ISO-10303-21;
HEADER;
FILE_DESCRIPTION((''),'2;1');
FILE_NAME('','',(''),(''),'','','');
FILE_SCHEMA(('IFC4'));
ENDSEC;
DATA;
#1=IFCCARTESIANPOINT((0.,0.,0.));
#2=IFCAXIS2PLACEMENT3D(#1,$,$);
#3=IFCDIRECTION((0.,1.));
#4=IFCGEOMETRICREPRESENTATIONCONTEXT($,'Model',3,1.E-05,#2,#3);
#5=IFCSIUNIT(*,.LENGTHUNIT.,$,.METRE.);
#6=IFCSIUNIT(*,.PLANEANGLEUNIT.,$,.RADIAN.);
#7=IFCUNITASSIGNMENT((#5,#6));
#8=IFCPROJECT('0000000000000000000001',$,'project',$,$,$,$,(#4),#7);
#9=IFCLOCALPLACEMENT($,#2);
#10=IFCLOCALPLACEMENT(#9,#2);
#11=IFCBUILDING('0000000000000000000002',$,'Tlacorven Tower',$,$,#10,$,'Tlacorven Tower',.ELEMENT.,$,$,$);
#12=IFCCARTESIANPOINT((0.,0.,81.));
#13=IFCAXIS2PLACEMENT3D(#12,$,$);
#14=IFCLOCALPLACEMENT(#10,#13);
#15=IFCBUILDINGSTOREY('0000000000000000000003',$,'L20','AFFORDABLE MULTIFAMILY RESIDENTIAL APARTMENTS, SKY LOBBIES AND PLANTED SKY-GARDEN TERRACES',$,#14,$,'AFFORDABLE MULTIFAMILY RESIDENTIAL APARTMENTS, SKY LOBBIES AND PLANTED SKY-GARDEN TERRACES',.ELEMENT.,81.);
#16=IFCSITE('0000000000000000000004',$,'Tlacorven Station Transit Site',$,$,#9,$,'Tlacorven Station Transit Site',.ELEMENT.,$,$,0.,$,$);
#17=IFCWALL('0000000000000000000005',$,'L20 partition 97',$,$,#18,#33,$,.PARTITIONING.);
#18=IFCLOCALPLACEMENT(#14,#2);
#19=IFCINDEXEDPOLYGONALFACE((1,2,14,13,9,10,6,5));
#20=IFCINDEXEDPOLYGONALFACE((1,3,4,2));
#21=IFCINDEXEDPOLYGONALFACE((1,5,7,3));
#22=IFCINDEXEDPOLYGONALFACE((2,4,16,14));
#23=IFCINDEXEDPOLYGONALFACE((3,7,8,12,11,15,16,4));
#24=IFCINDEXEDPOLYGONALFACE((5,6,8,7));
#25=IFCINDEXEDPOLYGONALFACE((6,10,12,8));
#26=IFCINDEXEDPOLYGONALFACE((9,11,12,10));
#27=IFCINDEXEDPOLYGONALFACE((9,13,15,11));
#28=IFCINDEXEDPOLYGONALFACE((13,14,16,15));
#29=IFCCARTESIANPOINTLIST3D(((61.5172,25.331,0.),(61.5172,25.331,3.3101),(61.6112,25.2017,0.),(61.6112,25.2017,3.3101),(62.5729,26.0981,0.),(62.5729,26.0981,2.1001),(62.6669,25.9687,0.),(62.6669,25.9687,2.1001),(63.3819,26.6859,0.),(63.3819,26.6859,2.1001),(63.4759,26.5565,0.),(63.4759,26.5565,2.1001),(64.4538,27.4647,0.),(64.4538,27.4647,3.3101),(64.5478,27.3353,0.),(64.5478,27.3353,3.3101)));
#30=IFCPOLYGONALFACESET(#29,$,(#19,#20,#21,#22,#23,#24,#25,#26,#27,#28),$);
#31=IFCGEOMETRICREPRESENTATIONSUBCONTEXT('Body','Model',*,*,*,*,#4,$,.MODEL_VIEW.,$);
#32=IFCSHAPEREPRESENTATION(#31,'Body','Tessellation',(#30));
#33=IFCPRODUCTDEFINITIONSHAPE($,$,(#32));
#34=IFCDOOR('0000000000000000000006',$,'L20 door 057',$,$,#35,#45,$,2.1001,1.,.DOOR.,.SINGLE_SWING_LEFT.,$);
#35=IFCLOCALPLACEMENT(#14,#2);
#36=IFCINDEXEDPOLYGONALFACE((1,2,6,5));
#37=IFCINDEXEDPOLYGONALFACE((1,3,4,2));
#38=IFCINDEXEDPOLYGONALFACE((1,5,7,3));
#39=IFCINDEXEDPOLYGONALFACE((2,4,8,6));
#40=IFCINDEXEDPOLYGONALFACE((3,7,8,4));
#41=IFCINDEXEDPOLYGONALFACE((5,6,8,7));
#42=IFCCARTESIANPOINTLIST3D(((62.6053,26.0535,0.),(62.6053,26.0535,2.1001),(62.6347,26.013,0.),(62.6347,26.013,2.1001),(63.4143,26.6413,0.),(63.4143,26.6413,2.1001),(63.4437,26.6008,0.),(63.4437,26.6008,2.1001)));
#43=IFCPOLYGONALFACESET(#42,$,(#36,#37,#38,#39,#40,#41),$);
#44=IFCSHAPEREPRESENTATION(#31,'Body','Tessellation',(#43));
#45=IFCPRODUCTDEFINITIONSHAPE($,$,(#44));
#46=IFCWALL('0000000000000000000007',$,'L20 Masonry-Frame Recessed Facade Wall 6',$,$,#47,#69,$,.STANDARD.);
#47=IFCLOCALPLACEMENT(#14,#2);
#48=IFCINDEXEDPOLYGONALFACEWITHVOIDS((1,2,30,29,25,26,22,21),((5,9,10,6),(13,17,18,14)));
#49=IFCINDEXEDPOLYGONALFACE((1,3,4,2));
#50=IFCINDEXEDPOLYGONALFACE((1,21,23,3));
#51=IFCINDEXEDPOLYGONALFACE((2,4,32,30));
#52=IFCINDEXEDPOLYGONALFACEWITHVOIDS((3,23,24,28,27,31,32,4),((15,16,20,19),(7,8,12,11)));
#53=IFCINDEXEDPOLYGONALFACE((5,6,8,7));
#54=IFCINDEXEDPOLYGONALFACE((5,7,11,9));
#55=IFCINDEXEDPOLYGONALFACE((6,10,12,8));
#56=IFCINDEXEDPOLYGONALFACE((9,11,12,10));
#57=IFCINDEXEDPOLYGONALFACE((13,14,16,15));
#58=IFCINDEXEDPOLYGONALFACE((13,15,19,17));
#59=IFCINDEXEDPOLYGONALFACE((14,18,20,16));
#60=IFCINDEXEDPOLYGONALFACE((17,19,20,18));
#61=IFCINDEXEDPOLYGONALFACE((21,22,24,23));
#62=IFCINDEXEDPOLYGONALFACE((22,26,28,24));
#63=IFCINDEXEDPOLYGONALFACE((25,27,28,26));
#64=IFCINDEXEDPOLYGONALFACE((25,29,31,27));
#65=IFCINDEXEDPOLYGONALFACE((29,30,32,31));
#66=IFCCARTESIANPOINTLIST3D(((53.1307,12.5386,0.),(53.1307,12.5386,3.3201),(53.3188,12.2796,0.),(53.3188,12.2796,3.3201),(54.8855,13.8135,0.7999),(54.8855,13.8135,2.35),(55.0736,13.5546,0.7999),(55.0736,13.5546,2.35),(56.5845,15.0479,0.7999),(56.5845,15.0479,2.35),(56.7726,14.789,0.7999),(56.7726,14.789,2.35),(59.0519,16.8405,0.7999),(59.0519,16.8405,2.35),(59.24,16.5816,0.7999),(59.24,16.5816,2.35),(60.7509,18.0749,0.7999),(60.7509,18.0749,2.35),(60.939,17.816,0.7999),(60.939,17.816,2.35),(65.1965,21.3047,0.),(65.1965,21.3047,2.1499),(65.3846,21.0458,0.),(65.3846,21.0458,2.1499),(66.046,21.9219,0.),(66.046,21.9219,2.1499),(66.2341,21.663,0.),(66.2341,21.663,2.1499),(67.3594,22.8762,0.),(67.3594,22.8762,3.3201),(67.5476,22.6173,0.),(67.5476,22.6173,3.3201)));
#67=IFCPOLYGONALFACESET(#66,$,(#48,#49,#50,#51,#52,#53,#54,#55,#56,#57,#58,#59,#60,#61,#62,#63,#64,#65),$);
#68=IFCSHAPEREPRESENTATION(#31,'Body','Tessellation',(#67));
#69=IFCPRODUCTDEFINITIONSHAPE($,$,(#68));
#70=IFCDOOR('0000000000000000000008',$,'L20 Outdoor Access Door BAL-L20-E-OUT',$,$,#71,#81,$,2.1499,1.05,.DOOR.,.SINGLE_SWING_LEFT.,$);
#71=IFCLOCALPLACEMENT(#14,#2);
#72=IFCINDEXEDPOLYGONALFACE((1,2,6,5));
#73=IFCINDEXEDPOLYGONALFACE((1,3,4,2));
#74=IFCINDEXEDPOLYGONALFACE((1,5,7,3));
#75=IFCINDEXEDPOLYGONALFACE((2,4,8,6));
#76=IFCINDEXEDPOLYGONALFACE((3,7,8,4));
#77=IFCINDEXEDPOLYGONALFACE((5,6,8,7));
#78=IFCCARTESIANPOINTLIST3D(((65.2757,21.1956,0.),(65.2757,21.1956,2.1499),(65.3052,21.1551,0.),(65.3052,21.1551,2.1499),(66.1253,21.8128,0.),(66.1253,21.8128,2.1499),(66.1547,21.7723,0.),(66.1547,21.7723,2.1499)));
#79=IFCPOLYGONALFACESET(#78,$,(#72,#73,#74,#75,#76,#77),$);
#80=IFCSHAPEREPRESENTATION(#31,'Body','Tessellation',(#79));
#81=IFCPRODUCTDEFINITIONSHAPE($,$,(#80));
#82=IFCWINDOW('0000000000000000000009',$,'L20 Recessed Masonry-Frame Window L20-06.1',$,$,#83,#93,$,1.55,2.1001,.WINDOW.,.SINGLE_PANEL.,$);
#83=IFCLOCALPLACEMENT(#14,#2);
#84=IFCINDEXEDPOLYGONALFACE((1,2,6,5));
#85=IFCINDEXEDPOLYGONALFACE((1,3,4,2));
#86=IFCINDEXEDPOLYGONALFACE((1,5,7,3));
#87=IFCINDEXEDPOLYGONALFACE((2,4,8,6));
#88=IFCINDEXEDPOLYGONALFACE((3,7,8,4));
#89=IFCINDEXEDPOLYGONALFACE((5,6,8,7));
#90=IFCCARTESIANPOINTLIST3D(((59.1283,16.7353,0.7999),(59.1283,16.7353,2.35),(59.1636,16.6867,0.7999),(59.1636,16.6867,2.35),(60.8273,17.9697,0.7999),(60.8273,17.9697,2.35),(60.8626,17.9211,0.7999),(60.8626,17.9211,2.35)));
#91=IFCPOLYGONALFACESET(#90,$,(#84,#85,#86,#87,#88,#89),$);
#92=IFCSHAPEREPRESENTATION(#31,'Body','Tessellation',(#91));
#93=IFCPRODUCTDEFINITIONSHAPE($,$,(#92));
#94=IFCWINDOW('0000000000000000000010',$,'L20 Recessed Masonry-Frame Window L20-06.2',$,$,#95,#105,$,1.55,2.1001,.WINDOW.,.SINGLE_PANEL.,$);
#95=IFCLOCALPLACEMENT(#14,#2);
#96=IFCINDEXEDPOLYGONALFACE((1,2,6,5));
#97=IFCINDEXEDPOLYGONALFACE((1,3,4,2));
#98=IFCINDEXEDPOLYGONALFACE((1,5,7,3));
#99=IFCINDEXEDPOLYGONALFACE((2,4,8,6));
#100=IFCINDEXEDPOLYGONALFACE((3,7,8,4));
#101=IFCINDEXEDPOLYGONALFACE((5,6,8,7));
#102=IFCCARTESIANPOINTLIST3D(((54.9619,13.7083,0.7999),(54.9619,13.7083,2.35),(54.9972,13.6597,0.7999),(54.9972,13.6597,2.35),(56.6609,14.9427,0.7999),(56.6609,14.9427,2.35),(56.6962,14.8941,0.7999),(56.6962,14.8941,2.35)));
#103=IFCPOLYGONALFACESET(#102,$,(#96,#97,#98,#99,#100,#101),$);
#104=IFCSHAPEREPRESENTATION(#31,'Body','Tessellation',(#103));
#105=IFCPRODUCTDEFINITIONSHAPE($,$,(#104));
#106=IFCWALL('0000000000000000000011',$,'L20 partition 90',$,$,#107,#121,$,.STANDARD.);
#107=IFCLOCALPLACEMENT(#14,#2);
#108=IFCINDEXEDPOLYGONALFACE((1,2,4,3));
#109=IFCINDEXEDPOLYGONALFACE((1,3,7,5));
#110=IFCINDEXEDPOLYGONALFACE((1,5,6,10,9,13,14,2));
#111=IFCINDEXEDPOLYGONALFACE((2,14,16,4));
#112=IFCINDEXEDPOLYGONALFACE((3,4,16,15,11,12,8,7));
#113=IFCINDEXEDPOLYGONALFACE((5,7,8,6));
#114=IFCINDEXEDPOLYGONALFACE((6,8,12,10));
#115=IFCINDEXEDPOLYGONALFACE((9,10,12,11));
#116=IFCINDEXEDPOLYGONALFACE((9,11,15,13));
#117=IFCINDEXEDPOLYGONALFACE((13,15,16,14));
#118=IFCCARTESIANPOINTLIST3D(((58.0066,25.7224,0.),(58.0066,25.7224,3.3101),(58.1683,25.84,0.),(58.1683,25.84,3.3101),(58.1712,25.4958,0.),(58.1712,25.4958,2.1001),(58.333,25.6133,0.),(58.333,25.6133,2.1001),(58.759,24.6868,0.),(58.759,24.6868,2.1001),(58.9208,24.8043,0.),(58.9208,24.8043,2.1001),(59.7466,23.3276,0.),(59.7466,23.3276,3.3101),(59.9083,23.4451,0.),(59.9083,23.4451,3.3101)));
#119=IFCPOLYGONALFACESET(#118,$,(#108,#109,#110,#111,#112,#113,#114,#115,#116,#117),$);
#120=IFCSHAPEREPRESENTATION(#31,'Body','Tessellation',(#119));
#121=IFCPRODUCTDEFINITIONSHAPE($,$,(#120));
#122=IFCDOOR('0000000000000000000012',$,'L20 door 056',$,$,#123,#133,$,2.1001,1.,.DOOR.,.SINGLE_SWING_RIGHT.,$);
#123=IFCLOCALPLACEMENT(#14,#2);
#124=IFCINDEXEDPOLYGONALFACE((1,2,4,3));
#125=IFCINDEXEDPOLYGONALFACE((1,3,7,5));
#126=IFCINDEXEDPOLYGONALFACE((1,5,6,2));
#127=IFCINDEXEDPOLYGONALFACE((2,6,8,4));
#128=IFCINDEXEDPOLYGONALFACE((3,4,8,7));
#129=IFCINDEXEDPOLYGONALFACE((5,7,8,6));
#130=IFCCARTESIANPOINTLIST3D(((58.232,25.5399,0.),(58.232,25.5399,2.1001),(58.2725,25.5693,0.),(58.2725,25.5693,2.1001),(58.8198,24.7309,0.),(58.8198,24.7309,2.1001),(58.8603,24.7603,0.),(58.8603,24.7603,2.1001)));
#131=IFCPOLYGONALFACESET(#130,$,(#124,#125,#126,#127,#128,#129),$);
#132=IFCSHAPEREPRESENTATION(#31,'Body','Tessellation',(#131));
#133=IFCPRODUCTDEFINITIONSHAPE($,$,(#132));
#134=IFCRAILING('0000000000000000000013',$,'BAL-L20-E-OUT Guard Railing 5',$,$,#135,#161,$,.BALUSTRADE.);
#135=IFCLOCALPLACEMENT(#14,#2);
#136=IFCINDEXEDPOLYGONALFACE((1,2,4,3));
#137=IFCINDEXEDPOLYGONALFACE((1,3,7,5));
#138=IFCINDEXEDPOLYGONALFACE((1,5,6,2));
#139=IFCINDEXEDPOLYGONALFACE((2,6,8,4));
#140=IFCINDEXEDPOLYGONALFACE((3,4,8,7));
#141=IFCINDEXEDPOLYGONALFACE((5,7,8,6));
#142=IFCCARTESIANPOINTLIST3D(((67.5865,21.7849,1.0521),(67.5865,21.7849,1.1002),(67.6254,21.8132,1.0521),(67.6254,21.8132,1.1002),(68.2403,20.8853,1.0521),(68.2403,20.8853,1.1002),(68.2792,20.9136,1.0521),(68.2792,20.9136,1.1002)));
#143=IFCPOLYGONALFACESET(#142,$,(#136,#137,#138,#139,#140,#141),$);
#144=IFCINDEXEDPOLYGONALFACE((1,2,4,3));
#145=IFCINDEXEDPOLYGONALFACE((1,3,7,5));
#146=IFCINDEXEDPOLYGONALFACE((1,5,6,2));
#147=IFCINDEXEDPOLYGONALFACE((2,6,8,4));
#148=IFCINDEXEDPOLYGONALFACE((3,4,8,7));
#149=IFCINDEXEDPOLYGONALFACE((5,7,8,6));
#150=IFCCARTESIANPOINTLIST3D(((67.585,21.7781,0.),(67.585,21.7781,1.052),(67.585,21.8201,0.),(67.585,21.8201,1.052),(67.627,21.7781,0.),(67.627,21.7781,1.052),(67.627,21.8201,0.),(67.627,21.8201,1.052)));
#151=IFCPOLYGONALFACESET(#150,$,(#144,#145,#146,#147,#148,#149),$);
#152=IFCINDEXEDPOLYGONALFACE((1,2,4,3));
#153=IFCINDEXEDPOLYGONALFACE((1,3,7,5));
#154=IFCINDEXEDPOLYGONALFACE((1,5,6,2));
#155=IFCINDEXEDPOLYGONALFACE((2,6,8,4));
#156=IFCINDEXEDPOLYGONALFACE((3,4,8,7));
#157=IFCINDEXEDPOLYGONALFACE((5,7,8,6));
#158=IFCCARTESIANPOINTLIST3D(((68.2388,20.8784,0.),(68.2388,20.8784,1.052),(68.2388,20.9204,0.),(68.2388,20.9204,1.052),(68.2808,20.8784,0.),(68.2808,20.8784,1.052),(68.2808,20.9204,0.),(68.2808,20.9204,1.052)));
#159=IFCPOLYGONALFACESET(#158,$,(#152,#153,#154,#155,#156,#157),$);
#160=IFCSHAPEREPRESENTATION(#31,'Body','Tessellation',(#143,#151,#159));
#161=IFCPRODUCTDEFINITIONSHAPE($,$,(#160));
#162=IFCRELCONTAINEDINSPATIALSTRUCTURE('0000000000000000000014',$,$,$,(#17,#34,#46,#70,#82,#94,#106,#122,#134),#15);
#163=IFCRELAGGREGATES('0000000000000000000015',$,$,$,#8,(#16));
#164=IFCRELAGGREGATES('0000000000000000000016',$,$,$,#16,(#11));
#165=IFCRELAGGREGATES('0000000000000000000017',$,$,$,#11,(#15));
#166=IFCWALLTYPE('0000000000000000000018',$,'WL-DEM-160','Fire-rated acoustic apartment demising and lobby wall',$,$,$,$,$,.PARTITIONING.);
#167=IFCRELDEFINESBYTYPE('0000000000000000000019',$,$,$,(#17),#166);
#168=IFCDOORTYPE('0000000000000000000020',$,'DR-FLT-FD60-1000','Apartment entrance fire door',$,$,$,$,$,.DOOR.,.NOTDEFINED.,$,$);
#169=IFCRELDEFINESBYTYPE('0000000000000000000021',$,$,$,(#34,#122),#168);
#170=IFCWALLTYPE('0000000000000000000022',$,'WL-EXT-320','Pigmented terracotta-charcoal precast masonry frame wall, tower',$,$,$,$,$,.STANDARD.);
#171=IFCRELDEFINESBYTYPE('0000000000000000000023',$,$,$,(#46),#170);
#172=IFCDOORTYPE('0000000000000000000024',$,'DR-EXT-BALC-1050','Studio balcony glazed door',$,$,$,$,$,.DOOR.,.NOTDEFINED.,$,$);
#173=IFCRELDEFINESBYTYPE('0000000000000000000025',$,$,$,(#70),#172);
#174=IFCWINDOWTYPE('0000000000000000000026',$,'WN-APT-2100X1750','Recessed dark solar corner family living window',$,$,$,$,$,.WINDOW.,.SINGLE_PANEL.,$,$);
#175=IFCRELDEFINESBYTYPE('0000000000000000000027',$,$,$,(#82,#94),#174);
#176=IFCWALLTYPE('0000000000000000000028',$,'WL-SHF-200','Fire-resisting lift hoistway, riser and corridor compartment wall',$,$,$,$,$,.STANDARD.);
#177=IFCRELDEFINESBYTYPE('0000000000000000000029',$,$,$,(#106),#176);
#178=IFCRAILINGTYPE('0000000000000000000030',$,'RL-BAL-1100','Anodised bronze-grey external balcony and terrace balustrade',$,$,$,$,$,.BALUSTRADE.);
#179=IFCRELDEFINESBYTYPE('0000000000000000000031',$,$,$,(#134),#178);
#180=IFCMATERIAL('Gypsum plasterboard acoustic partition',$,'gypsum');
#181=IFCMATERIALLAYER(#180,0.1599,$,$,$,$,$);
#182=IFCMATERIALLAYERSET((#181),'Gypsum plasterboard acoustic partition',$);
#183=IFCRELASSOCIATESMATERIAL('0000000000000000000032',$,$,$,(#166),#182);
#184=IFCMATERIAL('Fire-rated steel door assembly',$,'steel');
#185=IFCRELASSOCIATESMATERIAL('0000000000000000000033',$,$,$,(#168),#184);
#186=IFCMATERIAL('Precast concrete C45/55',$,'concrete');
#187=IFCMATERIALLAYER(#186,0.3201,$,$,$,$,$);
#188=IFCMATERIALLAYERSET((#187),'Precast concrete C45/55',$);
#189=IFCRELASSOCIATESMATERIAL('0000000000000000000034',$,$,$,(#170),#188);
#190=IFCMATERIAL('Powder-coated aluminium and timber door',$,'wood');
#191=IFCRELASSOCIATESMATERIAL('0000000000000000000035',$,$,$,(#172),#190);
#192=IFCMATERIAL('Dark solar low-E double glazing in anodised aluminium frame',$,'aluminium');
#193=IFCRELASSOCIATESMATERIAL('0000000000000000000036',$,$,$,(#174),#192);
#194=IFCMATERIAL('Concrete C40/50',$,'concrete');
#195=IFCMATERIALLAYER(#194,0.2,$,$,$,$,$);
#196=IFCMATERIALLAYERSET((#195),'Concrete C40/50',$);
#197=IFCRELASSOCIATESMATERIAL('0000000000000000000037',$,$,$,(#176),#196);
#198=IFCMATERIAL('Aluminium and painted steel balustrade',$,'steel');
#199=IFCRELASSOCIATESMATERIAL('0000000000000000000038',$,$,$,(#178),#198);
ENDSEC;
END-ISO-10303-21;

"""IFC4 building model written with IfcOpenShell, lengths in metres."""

from ifc_helpers import new_model, si_unit, direction, frame, frame_2d, origin, origin_2d, place, context, subcontext, project, spatial, rectangle, extrude, source, transform, mapped, material, layer, layer_set, type_object, element, fill, save


model = new_model("IFC4")

# Units and contexts
model_context = context("Model", 3, precision=1e-05, world=origin(), true_north=direction((0.0, 1.0)))
body_context = subcontext(model_context, "Body", "Model", "MODEL_VIEW")
ifc_project = project(units=[si_unit("LENGTHUNIT", "METRE"), si_unit("PLANEANGLEUNIT", "RADIAN")], contexts=[model_context])

# Site, building, storey
site_placement = place(None, origin())
site = spatial("IfcSite", under=ifc_project, at=site_placement, Name="Tlacorven Station Transit Site", LongName="Tlacorven Station Transit Site", CompositionType="ELEMENT", RefElevation=0.0)
building_placement = place(site_placement, origin())
building = spatial("IfcBuilding", under=site, at=building_placement, Name="Tlacorven Tower", LongName="Tlacorven Tower", CompositionType="ELEMENT")
storey_placement = place(building_placement, frame((0.0, 0.0, 81.0)))
storey = spatial("IfcBuildingStorey", under=building, at=storey_placement, Name="L20", Description="AFFORDABLE MULTIFAMILY RESIDENTIAL APARTMENTS, SKY LOBBIES AND PLANTED SKY-GARDEN TERRACES", LongName="AFFORDABLE MULTIFAMILY RESIDENTIAL APARTMENTS, SKY LOBBIES AND PLANTED SKY-GARDEN TERRACES", CompositionType="ELEMENT", Elevation=81.0)

# Shared definitions
ifc_material_1 = material(Name="Gypsum plasterboard acoustic partition", Category="gypsum")
ifc_layer_1 = layer(ifc_material_1, 0.1599)
ifc_layer_set_1 = layer_set([ifc_layer_1], Name="Gypsum plasterboard acoustic partition")
wall_type_1 = type_object("IfcWallType", Name="WL-DEM-160", Description="Fire-rated acoustic apartment demising and lobby wall", PredefinedType="PARTITIONING", material=ifc_layer_set_1)
ifc_material_2 = material(Name="Fire-rated steel door assembly", Category="steel")
door_type_1 = type_object("IfcDoorType", Name="DR-FLT-FD60-1000", Description="Apartment entrance fire door", OperationType="NOTDEFINED", PredefinedType="DOOR", material=ifc_material_2)
shared_shape_1 = source(origin(), body_context, "Body", "SweptSolid", [
    extrude(rectangle(XDim=1.0, YDim=2.1001, at=frame_2d((0.5, 1.05))), frame((0.0, 0.0249, 0.0), z_axis=(0.0, -1.0, 0.0), x_axis=(1.0, 0.0, 0.0)), (0.0, 0.0, 1.0), 0.05),
])

# Wall, opening, door
wall_1_placement = place(storey_placement, frame((61.5642, 25.2664, 0.0), z_axis=(0.0, 0.0, 1.0), x_axis=(0.809012, 0.587792, 0.0)))
wall_1 = element("IfcWall", 1, at=wall_1_placement, inside=storey, type_object=wall_type_1, Name="L20 partition 97", PredefinedType="PARTITIONING", context=body_context, shape_type="SweptSolid", body=[
    extrude(rectangle(XDim=3.6299, YDim=0.1599, at=frame_2d((1.8149, 0.0))), origin(), (0.0, 0.0, 1.0), 3.3101),
])
opening_1_placement = place(wall_1_placement, frame((1.3049, 0.0, 0.0)))
opening_1 = element("IfcOpeningElement", 2, at=opening_1_placement, cuts=wall_1, PredefinedType="OPENING", context=body_context, shape_type="SweptSolid", body=[
    extrude(rectangle(XDim=1.0, YDim=2.1001, at=frame_2d((0.5, 1.05))), frame((0.0, 0.0898, 0.0), z_axis=(0.0, -1.0, 0.0), x_axis=(1.0, 0.0, 0.0)), (0.0, 0.0, 1.0), 0.1799),
])
door_1_placement = place(opening_1_placement, origin())
door_1 = element("IfcDoor", 3, at=door_1_placement, inside=storey, type_object=door_type_1, Name="L20 door 057", OperationType="SINGLE_SWING_LEFT", OverallHeight=2.1001, OverallWidth=1.0, PredefinedType="DOOR", context=body_context, shape_type="MappedRepresentation", body=[
    mapped(shared_shape_1, transform((0.0, 0.0, 0.0), scale=1.0)),
])
fill(opening_1, door_1)

# Wall, openings, door, windows
ifc_material_3 = material(Name="Precast concrete C45/55", Category="concrete")
ifc_layer_2 = layer(ifc_material_3, 0.3201)
ifc_layer_set_2 = layer_set([ifc_layer_2], Name="Precast concrete C45/55")
wall_type_2 = type_object("IfcWallType", Name="WL-EXT-320", Description="Pigmented terracotta-charcoal precast masonry frame wall, tower", PredefinedType="STANDARD", material=ifc_layer_set_2)
wall_2_placement = place(storey_placement, frame((67.4536, 22.7468, 0.0), z_axis=(0.0, 0.0, 1.0), x_axis=(-0.809021, -0.58778, 0.0)))
wall_2 = element("IfcWall", 4, at=wall_2_placement, inside=storey, type_object=wall_type_2, Name="L20 Masonry-Frame Recessed Facade Wall 6", PredefinedType="STANDARD", context=body_context, shape_type="SweptSolid", body=[
    extrude(rectangle(XDim=17.5876, YDim=0.3201, at=frame_2d((8.7939, 0.0))), origin(), (0.0, 0.0, 1.0), 3.3201),
])
opening_2_placement = place(wall_2_placement, frame((1.6238, 0.0, 0.0)))
opening_2 = element("IfcOpeningElement", 5, at=opening_2_placement, cuts=wall_2, PredefinedType="OPENING", context=body_context, shape_type="SweptSolid", body=[
    extrude(rectangle(XDim=1.05, YDim=2.1499, at=frame_2d((0.5249, 1.075))), frame((0.0, 0.1699, 0.0), z_axis=(0.0, -1.0, 0.0), x_axis=(1.0, 0.0, 0.0)), (0.0, 0.0, 1.0), 0.3401),
])
opening_3_placement = place(wall_2_placement, frame((8.1687, 0.0, 0.8)))
opening_3 = element("IfcOpeningElement", 6, at=opening_3_placement, cuts=wall_2, PredefinedType="OPENING", context=body_context, shape_type="SweptSolid", body=[
    extrude(rectangle(XDim=2.1001, YDim=1.55, at=frame_2d((1.05, 0.7749))), frame((0.0, 0.1699, 0.0), z_axis=(0.0, -1.0, 0.0), x_axis=(1.0, 0.0, 0.0)), (0.0, 0.0, 1.0), 0.3401),
])
opening_4_placement = place(wall_2_placement, frame((13.3186, 0.0, 0.8)))
opening_4 = element("IfcOpeningElement", 7, at=opening_4_placement, cuts=wall_2, PredefinedType="OPENING", context=body_context, shape_type="SweptSolid", body=[
    extrude(rectangle(XDim=2.1001, YDim=1.55, at=frame_2d((1.05, 0.7749))), frame((0.0, 0.1699, 0.0), z_axis=(0.0, -1.0, 0.0), x_axis=(1.0, 0.0, 0.0)), (0.0, 0.0, 1.0), 0.3401),
])
ifc_material_4 = material(Name="Powder-coated aluminium and timber door", Category="wood")
door_type_2 = type_object("IfcDoorType", Name="DR-EXT-BALC-1050", Description="Studio balcony glazed door", OperationType="NOTDEFINED", PredefinedType="DOOR", material=ifc_material_4)
shared_shape_2 = source(origin(), body_context, "Body", "SweptSolid", [
    extrude(rectangle(XDim=1.05, YDim=2.1499, at=frame_2d((0.5249, 1.075))), frame((0.0, 0.0249, 0.0), z_axis=(0.0, -1.0, 0.0), x_axis=(1.0, 0.0, 0.0)), (0.0, 0.0, 1.0), 0.05),
])
door_2_placement = place(opening_2_placement, origin())
door_2 = element("IfcDoor", 8, at=door_2_placement, inside=storey, type_object=door_type_2, Name="L20 Outdoor Access Door BAL-L20-E-OUT", OperationType="SINGLE_SWING_LEFT", OverallHeight=2.1499, OverallWidth=1.05, PredefinedType="DOOR", context=body_context, shape_type="MappedRepresentation", body=[
    mapped(shared_shape_2, transform((0.0, 0.0, 0.0), scale=1.0)),
])
fill(opening_2, door_2)
ifc_material_5 = material(Name="Dark solar low-E double glazing in anodised aluminium frame", Category="aluminium")
window_type = type_object("IfcWindowType", Name="WN-APT-2100X1750", Description="Recessed dark solar corner family living window", PartitioningType="SINGLE_PANEL", PredefinedType="WINDOW", material=ifc_material_5)
shared_shape_3 = source(origin(), body_context, "Body", "SweptSolid", [
    extrude(rectangle(XDim=2.1001, YDim=1.55, at=frame_2d((1.05, 0.7749))), frame((0.0, 0.03, 0.0), z_axis=(0.0, -1.0, 0.0), x_axis=(1.0, 0.0, 0.0)), (0.0, 0.0, 1.0), 0.0601),
])
window_1_placement = place(opening_3_placement, origin())
window_1 = element("IfcWindow", 9, at=window_1_placement, inside=storey, type_object=window_type, Name="L20 Recessed Masonry-Frame Window L20-06.1", OverallHeight=1.55, OverallWidth=2.1001, PartitioningType="SINGLE_PANEL", PredefinedType="WINDOW", context=body_context, shape_type="MappedRepresentation", body=[
    mapped(shared_shape_3, transform((0.0, 0.0, 0.0), scale=1.0)),
])
fill(opening_3, window_1)
window_2_placement = place(opening_4_placement, origin())
window_2 = element("IfcWindow", 10, at=window_2_placement, inside=storey, type_object=window_type, Name="L20 Recessed Masonry-Frame Window L20-06.2", OverallHeight=1.55, OverallWidth=2.1001, PartitioningType="SINGLE_PANEL", PredefinedType="WINDOW", context=body_context, shape_type="MappedRepresentation", body=[
    mapped(shared_shape_3, transform((0.0, 0.0, 0.0), scale=1.0)),
])
fill(opening_4, window_2)

# Wall, opening, door
ifc_material_6 = material(Name="Concrete C40/50", Category="concrete")
ifc_layer_3 = layer(ifc_material_6, 0.2)
ifc_layer_set_3 = layer_set([ifc_layer_3], Name="Concrete C40/50")
wall_type_3 = type_object("IfcWallType", Name="WL-SHF-200", Description="Fire-resisting lift hoistway, riser and corridor compartment wall", PredefinedType="STANDARD", material=ifc_layer_set_3)
wall_3_placement = place(storey_placement, frame((59.8274, 23.3865, 0.0), z_axis=(0.0, 0.0, 1.0), x_axis=(-0.587804, 0.809003, 0.0)))
wall_3 = element("IfcWall", 11, at=wall_3_placement, inside=storey, type_object=wall_type_3, Name="L20 partition 90", PredefinedType="STANDARD", context=body_context, shape_type="SweptSolid", body=[
    extrude(rectangle(XDim=2.9602, YDim=0.2, at=frame_2d((1.48, 0.0))), origin(), (0.0, 0.0, 1.0), 3.3101),
])
opening_5_placement = place(wall_3_placement, frame((1.6799, 0.0, 0.0)))
opening_5 = element("IfcOpeningElement", 12, at=opening_5_placement, cuts=wall_3, PredefinedType="OPENING", context=body_context, shape_type="SweptSolid", body=[
    extrude(rectangle(XDim=1.0, YDim=2.1001, at=frame_2d((0.5, 1.05))), frame((0.0, 0.1099, 0.0), z_axis=(0.0, -1.0, 0.0), x_axis=(1.0, 0.0, 0.0)), (0.0, 0.0, 1.0), 0.22),
])
door_3_placement = place(opening_5_placement, origin())
door_3 = element("IfcDoor", 13, at=door_3_placement, inside=storey, type_object=door_type_1, Name="L20 door 056", OperationType="SINGLE_SWING_RIGHT", OverallHeight=2.1001, OverallWidth=1.0, PredefinedType="DOOR", context=body_context, shape_type="MappedRepresentation", body=[
    mapped(shared_shape_1, transform((0.0, 0.0, 0.0), scale=1.0)),
])
fill(opening_5, door_3)

# Railing
ifc_material_7 = material(Name="Aluminium and painted steel balustrade", Category="steel")
railing_type = type_object("IfcRailingType", Name="RL-BAL-1100", Description="Anodised bronze-grey external balcony and terrace balustrade", PredefinedType="BALUSTRADE", material=ifc_material_7)
shared_shape_4 = source(origin(), body_context, "Body", "SweptSolid", [
    extrude(rectangle(XDim=0.0481, YDim=0.0481, at=origin_2d()), frame((0.0, 0.0, 1.0762), z_axis=(0.587884, -0.808945, 0.0), x_axis=(0.808945, 0.587884, 0.0)), (0.0, 0.0, 1.0), 1.1121),
    extrude(rectangle(XDim=0.042, YDim=0.042, at=origin_2d()), origin(), (0.0, 0.0, 1.0), 1.052),
    extrude(rectangle(XDim=0.042, YDim=0.042, at=origin_2d()), frame((0.6538, -0.8997, 0.0)), (0.0, 0.0, 1.0), 1.052),
])
railing_1_placement = place(storey_placement, frame((67.606, 21.7991, 0.0)))
element("IfcRailing", 14, at=railing_1_placement, inside=storey, type_object=railing_type, Name="BAL-L20-E-OUT Guard Railing 5", PredefinedType="BALUSTRADE", context=body_context, shape_type="MappedRepresentation", body=[
    mapped(shared_shape_4, transform((0.0, 0.0, 0.0), scale=1.0)),
])

save(model, "model.ifc")
